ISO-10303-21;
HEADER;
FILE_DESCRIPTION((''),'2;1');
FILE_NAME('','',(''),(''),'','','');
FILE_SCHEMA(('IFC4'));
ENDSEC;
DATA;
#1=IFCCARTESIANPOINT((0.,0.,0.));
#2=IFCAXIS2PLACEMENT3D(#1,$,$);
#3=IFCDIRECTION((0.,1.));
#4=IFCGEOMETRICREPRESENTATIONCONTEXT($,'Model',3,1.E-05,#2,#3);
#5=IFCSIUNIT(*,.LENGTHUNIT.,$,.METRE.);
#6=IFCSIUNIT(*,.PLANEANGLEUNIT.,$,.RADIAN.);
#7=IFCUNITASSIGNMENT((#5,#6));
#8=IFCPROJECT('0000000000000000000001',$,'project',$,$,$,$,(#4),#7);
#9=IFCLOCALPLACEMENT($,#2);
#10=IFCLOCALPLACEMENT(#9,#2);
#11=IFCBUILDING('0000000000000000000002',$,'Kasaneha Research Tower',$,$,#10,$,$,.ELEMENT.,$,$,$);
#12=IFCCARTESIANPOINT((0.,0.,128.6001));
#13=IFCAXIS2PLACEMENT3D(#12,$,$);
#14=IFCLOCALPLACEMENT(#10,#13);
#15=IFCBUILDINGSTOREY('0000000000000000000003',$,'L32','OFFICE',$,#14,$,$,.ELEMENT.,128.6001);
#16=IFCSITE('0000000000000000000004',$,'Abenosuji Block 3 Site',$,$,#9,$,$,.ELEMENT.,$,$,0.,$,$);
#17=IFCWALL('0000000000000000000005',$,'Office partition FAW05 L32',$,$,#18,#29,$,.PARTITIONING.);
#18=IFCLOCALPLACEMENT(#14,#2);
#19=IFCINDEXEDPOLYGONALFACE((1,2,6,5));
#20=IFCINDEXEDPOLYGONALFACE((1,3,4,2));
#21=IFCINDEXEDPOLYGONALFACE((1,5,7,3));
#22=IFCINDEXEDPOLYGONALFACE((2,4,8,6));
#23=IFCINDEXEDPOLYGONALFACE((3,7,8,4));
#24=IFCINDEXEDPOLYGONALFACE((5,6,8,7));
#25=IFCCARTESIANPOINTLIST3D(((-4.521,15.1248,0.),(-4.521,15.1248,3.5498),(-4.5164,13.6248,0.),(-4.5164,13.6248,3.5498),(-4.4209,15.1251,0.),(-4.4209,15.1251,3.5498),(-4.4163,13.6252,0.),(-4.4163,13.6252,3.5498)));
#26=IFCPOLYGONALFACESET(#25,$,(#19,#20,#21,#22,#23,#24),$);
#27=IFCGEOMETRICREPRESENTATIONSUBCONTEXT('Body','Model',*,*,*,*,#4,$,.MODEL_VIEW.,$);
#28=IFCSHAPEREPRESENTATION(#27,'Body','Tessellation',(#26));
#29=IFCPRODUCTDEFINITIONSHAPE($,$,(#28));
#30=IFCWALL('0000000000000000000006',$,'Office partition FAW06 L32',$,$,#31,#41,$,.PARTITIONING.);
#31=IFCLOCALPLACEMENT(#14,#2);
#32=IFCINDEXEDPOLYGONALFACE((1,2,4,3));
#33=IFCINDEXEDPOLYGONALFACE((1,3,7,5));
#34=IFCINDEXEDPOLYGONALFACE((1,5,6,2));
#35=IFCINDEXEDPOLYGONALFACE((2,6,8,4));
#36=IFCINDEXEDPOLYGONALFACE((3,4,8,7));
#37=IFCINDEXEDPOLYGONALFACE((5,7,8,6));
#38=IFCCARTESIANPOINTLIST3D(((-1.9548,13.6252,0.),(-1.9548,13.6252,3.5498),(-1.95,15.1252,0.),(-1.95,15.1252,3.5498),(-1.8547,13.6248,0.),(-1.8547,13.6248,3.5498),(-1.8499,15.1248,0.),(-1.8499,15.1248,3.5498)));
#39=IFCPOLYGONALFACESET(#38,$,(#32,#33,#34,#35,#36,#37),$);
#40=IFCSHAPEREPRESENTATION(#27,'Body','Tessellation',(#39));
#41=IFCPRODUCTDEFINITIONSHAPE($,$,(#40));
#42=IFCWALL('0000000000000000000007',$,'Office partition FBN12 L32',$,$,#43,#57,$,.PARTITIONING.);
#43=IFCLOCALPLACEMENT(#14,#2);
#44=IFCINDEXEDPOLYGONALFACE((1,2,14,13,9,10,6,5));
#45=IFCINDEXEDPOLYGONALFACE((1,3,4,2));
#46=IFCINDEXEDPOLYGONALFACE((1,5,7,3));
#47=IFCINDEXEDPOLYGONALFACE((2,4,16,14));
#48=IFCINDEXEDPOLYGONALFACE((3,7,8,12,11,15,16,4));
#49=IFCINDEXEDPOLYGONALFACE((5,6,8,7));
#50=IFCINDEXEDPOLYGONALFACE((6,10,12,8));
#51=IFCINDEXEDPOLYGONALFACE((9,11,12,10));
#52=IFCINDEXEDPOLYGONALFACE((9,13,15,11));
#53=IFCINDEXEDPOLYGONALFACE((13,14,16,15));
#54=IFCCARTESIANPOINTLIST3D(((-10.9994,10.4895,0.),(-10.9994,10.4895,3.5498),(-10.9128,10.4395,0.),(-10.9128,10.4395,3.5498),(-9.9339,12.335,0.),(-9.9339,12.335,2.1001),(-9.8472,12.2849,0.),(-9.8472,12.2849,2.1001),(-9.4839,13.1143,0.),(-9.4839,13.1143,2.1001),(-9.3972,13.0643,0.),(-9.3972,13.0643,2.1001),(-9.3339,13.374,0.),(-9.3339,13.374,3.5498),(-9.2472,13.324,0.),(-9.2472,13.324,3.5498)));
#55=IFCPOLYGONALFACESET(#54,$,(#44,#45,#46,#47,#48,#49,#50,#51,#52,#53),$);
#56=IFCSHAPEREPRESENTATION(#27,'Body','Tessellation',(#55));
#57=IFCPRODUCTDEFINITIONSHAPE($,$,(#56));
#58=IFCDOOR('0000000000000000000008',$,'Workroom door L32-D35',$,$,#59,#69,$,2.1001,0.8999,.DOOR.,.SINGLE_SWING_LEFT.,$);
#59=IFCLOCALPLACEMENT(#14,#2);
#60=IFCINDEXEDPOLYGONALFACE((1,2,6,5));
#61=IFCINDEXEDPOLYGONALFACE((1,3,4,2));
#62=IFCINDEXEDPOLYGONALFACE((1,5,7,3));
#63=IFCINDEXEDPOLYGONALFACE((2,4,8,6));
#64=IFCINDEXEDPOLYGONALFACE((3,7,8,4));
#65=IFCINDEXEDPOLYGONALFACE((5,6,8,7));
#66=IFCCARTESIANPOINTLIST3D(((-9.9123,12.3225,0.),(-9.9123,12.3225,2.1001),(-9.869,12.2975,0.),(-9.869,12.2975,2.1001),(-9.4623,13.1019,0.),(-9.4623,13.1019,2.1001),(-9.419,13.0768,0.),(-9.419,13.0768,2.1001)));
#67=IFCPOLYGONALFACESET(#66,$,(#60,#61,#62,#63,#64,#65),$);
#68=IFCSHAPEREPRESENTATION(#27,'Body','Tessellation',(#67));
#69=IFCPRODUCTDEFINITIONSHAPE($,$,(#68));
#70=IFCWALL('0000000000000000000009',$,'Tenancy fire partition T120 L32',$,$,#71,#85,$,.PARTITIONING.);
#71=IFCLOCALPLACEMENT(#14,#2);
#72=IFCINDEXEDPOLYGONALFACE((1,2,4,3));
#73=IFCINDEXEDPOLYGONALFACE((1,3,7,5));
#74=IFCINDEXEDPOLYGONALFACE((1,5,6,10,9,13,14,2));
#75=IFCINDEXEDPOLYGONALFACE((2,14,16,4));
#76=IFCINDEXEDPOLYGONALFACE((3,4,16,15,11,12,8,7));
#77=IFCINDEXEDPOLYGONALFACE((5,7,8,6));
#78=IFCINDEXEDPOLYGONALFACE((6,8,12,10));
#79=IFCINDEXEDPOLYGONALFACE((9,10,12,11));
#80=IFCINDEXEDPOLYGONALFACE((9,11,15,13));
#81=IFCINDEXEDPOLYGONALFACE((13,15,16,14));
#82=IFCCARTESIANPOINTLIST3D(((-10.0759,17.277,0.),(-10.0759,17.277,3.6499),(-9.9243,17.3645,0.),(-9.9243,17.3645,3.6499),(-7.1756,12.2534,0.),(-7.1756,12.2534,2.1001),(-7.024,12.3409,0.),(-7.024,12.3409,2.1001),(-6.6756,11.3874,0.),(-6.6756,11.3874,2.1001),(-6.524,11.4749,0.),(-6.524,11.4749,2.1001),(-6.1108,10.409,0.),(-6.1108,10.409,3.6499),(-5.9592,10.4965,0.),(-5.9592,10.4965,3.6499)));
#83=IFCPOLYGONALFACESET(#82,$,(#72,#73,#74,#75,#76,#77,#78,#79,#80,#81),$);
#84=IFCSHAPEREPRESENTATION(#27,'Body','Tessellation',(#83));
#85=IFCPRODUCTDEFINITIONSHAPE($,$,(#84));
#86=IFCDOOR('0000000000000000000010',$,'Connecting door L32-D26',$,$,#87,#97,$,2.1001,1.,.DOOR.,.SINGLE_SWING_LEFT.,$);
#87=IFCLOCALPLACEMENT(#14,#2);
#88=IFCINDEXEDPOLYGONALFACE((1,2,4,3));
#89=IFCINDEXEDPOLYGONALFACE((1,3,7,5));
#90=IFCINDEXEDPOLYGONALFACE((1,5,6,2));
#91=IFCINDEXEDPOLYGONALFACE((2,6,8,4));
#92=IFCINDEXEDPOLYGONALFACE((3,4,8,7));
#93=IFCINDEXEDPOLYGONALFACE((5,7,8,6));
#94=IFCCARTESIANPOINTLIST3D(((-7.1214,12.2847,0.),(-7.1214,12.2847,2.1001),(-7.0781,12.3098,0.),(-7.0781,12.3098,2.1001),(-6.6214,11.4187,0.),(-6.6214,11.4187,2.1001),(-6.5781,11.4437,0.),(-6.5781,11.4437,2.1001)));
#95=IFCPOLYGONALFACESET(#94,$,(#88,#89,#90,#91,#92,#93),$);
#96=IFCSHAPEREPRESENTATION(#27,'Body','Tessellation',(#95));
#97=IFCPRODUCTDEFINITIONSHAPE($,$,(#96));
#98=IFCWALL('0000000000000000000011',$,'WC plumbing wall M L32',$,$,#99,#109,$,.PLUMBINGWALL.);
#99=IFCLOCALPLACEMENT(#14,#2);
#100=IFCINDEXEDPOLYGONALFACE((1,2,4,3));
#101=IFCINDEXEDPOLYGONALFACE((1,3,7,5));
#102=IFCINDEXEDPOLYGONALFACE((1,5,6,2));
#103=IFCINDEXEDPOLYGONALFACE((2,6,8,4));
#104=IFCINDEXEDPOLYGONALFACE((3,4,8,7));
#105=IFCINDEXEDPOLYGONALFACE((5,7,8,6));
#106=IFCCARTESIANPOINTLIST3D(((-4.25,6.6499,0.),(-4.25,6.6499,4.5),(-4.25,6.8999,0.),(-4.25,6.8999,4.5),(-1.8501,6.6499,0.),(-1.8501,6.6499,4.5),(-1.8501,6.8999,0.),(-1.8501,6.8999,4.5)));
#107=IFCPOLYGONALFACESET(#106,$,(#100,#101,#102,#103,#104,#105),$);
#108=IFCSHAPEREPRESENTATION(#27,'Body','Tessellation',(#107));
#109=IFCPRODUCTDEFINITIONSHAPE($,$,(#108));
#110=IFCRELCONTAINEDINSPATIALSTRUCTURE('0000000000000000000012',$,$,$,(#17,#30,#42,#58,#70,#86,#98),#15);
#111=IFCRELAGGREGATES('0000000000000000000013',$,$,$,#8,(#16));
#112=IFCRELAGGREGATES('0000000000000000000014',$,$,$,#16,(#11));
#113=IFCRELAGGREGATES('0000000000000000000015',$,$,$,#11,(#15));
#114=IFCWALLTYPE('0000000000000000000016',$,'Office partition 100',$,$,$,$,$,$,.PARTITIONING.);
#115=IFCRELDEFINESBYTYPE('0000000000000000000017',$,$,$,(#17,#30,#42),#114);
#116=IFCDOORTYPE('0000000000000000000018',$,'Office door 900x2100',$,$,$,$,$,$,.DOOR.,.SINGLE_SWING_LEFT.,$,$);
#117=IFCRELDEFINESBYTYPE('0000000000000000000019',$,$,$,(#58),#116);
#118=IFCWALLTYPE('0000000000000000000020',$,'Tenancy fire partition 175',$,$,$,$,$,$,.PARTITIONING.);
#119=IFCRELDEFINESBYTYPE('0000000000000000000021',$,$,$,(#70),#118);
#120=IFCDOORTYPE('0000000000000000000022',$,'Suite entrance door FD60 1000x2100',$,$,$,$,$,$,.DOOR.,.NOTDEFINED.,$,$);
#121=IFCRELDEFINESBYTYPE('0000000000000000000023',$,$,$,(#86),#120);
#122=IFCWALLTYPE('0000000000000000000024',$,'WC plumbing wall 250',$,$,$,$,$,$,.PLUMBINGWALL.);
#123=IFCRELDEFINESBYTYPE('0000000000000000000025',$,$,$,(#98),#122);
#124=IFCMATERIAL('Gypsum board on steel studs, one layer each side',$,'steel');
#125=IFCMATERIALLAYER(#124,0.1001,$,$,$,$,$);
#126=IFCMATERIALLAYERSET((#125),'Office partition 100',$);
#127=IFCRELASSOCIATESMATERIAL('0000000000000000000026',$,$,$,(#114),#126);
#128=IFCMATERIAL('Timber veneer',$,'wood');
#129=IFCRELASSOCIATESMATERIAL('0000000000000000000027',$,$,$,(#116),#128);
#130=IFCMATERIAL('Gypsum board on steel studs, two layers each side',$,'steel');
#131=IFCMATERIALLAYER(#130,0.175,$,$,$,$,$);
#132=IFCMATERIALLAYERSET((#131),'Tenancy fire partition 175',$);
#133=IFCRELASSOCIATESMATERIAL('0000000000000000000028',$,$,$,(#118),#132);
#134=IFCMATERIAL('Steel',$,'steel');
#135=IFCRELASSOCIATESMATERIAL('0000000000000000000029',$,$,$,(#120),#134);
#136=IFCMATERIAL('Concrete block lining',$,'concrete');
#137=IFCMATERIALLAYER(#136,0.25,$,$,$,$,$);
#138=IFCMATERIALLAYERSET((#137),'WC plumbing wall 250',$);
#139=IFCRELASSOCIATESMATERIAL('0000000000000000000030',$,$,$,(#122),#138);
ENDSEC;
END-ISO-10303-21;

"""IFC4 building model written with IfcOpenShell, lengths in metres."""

from ifc_helpers import new_model, si_unit, direction, frame, frame_2d, origin, place, context, subcontext, project, spatial, rectangle, extrude, material, layer, layer_set, type_object, element, fill, save


model = new_model("IFC4")

# Units and contexts
model_context = context("Model", 3, precision=1e-05, world=origin(), true_north=direction((0.0, 1.0)))
body_context = subcontext(model_context, "Body", "Model", "MODEL_VIEW")
ifc_project = project(units=[si_unit("LENGTHUNIT", "METRE"), si_unit("PLANEANGLEUNIT", "RADIAN")], contexts=[model_context])

# Site, building, storey
site_placement = place(None, origin())
site = spatial("IfcSite", under=ifc_project, at=site_placement, Name="Abenosuji Block 3 Site", CompositionType="ELEMENT", RefElevation=0.0)
building_placement = place(site_placement, origin())
building = spatial("IfcBuilding", under=site, at=building_placement, Name="Kasaneha Research Tower", CompositionType="ELEMENT")
storey_placement = place(building_placement, frame((0.0, 0.0, 128.6001)))
storey = spatial("IfcBuildingStorey", under=building, at=storey_placement, Name="L32", Description="OFFICE", CompositionType="ELEMENT", Elevation=128.6001)

# Shared definitions
ifc_material_1 = material(Name="Gypsum board on steel studs, one layer each side", Category="steel")
ifc_layer_1 = layer(ifc_material_1, 0.1001)
ifc_layer_set_1 = layer_set([ifc_layer_1], Name="Office partition 100")
wall_type_1 = type_object("IfcWallType", Name="Office partition 100", PredefinedType="PARTITIONING", material=ifc_layer_set_1)

# Walls
for number, where, z_axis, x_axis, name in (
    (1, (-4.4663, 13.625, 0.0), (0.0, 0.0, 1.0), (-0.003092, 0.999995, 0.0), "Office partition FAW05 L32"),
    (2, (-1.8999, 15.125, 0.0), (0.0, 0.0, 1.0), (-0.003255, -0.999995, 0.0), "Office partition FAW06 L32"),
):
    element("IfcWall", number, at=place(storey_placement, frame(where, z_axis=z_axis, x_axis=x_axis)), inside=storey, type_object=wall_type_1, Name=name, PredefinedType="PARTITIONING", context=body_context, shape_type="SweptSolid", body=[
        extrude(rectangle(XDim=1.5, YDim=0.1001, at=frame_2d((0.75, 0.0))), origin(), (0.0, 0.0, 1.0), 3.5498),
    ])

# Walls, openings, doors
wall_1_placement = place(storey_placement, frame((-9.2905, 13.3491, 0.0), z_axis=(0.0, 0.0, 1.0), x_axis=(-0.500033, -0.866006, 0.0)))
wall_1 = element("IfcWall", 3, at=wall_1_placement, inside=storey, type_object=wall_type_1, Name="Office partition FBN12 L32", PredefinedType="PARTITIONING", context=body_context, shape_type="SweptSolid", body=[
    extrude(rectangle(XDim=3.3308, YDim=0.1001, at=frame_2d((1.6655, 0.0))), origin(), (0.0, 0.0, 1.0), 3.5498),
])
opening_1_placement = place(wall_1_placement, frame((0.3, 0.0, 0.0)))
opening_1 = element("IfcOpeningElement", 4, at=opening_1_placement, cuts=wall_1, PredefinedType="OPENING", context=body_context, shape_type="SweptSolid", body=[
    extrude(rectangle(XDim=0.8999, YDim=2.1001, at=frame_2d((0.45, 1.05))), frame((0.0, 0.0601, 0.0), z_axis=(0.0, -1.0, 0.0), x_axis=(1.0, 0.0, 0.0)), (0.0, 0.0, 1.0), 0.1201),
])
ifc_material_2 = material(Name="Timber veneer", Category="wood")
door_type_1 = type_object("IfcDoorType", Name="Office door 900x2100", OperationType="SINGLE_SWING_LEFT", PredefinedType="DOOR", material=ifc_material_2)
door_1_placement = place(opening_1_placement, origin())
door_1 = element("IfcDoor", 5, at=door_1_placement, inside=storey, type_object=door_type_1, Name="Workroom door L32-D35", OperationType="SINGLE_SWING_LEFT", OverallHeight=2.1001, OverallWidth=0.8999, PredefinedType="DOOR", context=body_context, shape_type="SweptSolid", body=[
    extrude(rectangle(XDim=0.8999, YDim=2.1001, at=frame_2d((0.45, 1.05))), frame((0.0, 0.0249, 0.0), z_axis=(0.0, -1.0, 0.0), x_axis=(1.0, 0.0, 0.0)), (0.0, 0.0, 1.0), 0.05),
])
fill(opening_1, door_1)
ifc_material_3 = material(Name="Gypsum board on steel studs, two layers each side", Category="steel")
ifc_layer_2 = layer(ifc_material_3, 0.175)
ifc_layer_set_2 = layer_set([ifc_layer_2], Name="Tenancy fire partition 175")
wall_type_2 = type_object("IfcWallType", Name="Tenancy fire partition 175", PredefinedType="PARTITIONING", material=ifc_layer_set_2)
wall_2_placement = place(storey_placement, frame((-6.0349, 10.4526, 0.0), z_axis=(0.0, 0.0, 1.0), x_axis=(-0.49999, 0.866031, 0.0)))
wall_2 = element("IfcWall", 6, at=wall_2_placement, inside=storey, type_object=wall_type_2, Name="Tenancy fire partition T120 L32", PredefinedType="PARTITIONING", context=body_context, shape_type="SweptSolid", body=[
    extrude(rectangle(XDim=7.9304, YDim=0.175, at=frame_2d((3.9653, 0.0))), origin(), (0.0, 0.0, 1.0), 3.6499),
])
opening_2_placement = place(wall_2_placement, frame((1.1299, 0.0, 0.0)))
opening_2 = element("IfcOpeningElement", 7, at=opening_2_placement, cuts=wall_2, PredefinedType="OPENING", context=body_context, shape_type="SweptSolid", body=[
    extrude(rectangle(XDim=1.0, YDim=2.1001, at=frame_2d((0.5, 1.05))), frame((0.0, 0.0977, 0.0), z_axis=(0.0, -1.0, 0.0), x_axis=(1.0, 0.0, 0.0)), (0.0, 0.0, 1.0), 0.1951),
])
ifc_material_4 = material(Name="Steel", Category="steel")
door_type_2 = type_object("IfcDoorType", Name="Suite entrance door FD60 1000x2100", OperationType="NOTDEFINED", PredefinedType="DOOR", material=ifc_material_4)
door_2_placement = place(opening_2_placement, origin())
door_2 = element("IfcDoor", 8, at=door_2_placement, inside=storey, type_object=door_type_2, Name="Connecting door L32-D26", OperationType="SINGLE_SWING_LEFT", OverallHeight=2.1001, OverallWidth=1.0, PredefinedType="DOOR", context=body_context, shape_type="SweptSolid", body=[
    extrude(rectangle(XDim=1.0, YDim=2.1001, at=frame_2d((0.5, 1.05))), frame((0.0, 0.0249, 0.0), z_axis=(0.0, -1.0, 0.0), x_axis=(1.0, 0.0, 0.0)), (0.0, 0.0, 1.0), 0.05),
])
fill(opening_2, door_2)

# Wall
ifc_material_5 = material(Name="Concrete block lining", Category="concrete")
ifc_layer_3 = layer(ifc_material_5, 0.25)
ifc_layer_set_3 = layer_set([ifc_layer_3], Name="WC plumbing wall 250")
wall_type_3 = type_object("IfcWallType", Name="WC plumbing wall 250", PredefinedType="PLUMBINGWALL", material=ifc_layer_set_3)
wall_3_placement = place(storey_placement, frame((-4.25, 6.7749, 0.0), z_axis=(0.0, 0.0, 1.0), x_axis=(1.0, 0.0, 0.0)))
element("IfcWall", 9, at=wall_3_placement, inside=storey, type_object=wall_type_3, Name="WC plumbing wall M L32", PredefinedType="PLUMBINGWALL", context=body_context, shape_type="SweptSolid", body=[
    extrude(rectangle(XDim=2.3999, YDim=0.25, at=frame_2d((1.2, 0.0))), origin(), (0.0, 0.0, 1.0), 4.5),
])

save(model, "model.ifc")
